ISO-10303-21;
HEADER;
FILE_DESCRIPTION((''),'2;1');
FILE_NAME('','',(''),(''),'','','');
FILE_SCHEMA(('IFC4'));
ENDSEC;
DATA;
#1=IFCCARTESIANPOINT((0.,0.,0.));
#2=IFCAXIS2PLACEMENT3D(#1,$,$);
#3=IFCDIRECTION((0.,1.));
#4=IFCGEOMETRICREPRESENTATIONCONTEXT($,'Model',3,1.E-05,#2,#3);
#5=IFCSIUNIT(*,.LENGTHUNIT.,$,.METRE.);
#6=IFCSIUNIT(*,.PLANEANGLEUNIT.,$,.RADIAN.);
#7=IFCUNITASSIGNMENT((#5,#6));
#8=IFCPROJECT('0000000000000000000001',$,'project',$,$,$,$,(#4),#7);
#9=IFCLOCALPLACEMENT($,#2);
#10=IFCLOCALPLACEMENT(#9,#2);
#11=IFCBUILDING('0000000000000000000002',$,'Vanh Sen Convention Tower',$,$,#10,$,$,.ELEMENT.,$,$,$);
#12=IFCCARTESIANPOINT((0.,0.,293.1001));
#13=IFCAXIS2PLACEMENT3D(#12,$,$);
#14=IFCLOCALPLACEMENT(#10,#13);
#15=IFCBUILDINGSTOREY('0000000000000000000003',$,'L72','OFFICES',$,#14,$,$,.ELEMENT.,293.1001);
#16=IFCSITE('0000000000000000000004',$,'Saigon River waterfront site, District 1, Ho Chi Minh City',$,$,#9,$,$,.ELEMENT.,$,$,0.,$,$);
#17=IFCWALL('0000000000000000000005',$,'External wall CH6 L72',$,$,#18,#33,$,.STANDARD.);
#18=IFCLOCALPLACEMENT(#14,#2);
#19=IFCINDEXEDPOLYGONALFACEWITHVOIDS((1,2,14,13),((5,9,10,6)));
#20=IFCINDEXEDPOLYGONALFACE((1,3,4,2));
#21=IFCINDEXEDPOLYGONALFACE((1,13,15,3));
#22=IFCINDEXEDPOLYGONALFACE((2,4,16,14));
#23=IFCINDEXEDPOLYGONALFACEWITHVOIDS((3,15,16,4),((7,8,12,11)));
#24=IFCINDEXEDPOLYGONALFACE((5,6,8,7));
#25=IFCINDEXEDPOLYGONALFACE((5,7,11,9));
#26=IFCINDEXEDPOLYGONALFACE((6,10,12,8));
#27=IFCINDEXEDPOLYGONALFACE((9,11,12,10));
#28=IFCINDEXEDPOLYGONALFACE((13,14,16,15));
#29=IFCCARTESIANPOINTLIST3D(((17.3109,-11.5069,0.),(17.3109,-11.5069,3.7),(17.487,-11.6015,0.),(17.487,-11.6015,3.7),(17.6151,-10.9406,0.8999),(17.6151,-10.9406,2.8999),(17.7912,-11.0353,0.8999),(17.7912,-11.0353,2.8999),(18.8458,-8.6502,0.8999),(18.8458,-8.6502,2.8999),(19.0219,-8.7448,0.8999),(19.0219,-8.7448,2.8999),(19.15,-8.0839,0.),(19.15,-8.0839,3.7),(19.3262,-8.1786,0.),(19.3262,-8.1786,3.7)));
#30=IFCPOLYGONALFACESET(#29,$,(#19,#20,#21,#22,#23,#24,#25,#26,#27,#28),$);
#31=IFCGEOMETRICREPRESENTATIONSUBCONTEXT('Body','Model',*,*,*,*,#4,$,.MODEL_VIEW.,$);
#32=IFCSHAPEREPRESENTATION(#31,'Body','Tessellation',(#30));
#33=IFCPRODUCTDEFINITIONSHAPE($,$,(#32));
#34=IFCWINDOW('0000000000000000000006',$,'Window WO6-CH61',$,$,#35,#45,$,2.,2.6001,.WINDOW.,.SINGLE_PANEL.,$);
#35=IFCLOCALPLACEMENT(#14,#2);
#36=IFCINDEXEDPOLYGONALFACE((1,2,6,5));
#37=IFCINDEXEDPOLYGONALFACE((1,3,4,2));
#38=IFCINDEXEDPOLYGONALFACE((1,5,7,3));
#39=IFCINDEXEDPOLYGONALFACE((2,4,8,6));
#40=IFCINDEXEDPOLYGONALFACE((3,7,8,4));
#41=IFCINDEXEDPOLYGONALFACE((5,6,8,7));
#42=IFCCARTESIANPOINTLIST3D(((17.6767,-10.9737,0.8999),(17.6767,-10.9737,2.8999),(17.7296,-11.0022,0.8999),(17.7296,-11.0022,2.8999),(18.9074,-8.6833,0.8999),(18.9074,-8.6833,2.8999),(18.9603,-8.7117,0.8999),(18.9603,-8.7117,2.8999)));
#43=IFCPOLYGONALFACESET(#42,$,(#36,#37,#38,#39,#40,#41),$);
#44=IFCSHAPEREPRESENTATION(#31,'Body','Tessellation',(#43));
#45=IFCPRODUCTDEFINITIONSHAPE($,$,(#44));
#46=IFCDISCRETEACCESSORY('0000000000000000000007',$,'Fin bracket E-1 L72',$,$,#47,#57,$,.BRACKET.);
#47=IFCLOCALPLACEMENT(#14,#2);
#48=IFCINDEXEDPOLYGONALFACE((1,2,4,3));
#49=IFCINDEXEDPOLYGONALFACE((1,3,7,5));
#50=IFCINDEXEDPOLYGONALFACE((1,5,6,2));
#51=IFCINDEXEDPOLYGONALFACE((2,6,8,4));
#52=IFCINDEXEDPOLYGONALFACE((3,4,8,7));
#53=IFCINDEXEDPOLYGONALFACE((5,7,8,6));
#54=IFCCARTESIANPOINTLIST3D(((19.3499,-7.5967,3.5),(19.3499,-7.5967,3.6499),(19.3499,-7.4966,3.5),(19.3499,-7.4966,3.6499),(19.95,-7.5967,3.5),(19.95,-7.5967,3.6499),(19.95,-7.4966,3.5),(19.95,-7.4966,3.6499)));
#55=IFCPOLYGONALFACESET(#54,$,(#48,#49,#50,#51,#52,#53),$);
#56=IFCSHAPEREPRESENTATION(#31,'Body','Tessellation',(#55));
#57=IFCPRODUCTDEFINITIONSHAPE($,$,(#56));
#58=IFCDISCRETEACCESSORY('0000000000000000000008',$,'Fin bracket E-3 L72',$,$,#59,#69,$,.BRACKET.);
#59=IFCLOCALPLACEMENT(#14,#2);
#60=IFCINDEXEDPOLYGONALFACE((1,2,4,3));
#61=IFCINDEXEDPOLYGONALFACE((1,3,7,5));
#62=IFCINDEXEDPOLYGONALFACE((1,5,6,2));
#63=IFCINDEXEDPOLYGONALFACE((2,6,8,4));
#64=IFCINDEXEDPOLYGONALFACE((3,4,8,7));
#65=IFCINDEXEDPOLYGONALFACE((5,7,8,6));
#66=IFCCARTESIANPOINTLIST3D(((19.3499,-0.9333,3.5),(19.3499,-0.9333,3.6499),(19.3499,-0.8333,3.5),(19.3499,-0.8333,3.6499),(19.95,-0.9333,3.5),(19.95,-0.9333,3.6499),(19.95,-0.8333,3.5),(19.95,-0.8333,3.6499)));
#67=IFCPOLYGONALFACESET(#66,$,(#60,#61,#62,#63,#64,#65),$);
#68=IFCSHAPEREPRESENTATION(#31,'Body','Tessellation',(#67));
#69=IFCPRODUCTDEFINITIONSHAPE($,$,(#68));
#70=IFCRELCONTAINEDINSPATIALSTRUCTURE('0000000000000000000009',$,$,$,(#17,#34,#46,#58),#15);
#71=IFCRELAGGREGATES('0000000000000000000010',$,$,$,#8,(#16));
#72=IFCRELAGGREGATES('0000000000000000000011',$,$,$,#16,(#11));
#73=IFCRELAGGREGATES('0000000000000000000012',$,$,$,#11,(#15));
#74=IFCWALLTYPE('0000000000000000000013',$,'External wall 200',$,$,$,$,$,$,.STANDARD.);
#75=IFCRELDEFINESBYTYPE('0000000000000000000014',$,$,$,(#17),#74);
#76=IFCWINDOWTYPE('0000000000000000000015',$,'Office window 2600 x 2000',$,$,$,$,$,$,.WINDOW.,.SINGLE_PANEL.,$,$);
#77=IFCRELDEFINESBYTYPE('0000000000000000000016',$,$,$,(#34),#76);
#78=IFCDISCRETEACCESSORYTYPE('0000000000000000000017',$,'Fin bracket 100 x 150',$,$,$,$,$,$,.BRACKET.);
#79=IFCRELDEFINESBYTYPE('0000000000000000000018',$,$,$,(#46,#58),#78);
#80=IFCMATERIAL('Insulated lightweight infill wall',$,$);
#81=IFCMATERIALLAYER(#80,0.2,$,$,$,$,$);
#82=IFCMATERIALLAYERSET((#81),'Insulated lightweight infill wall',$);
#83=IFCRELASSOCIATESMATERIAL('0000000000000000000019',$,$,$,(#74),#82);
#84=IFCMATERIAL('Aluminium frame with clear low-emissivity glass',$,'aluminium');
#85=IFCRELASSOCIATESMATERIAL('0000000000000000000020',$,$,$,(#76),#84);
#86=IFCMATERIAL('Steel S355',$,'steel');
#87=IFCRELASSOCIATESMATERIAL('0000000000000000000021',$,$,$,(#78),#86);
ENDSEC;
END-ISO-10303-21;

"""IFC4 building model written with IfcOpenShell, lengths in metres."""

from ifc_helpers import new_model, si_unit, direction, frame, frame_2d, origin, origin_2d, place, context, subcontext, project, spatial, rectangle, extrude, material, layer, layer_set, type_object, element, fill, save


model = new_model("IFC4")

# Units and contexts
model_context = context("Model", 3, precision=1e-05, world=origin(), true_north=direction((0.0, 1.0)))
body_context = subcontext(model_context, "Body", "Model", "MODEL_VIEW")
ifc_project = project(units=[si_unit("LENGTHUNIT", "METRE"), si_unit("PLANEANGLEUNIT", "RADIAN")], contexts=[model_context])

# Site, building, storey
site_placement = place(None, origin())
site = spatial("IfcSite", under=ifc_project, at=site_placement, Name="Saigon River waterfront site, District 1, Ho Chi Minh City", CompositionType="ELEMENT", RefElevation=0.0)
building_placement = place(site_placement, origin())
building = spatial("IfcBuilding", under=site, at=building_placement, Name="Vanh Sen Convention Tower", CompositionType="ELEMENT")
storey_placement = place(building_placement, frame((0.0, 0.0, 293.1001)))
storey = spatial("IfcBuildingStorey", under=building, at=storey_placement, Name="L72", Description="OFFICES", CompositionType="ELEMENT", Elevation=293.1001)

# Shared definitions
ifc_material_1 = material(Name="Insulated lightweight infill wall")
ifc_layer_1 = layer(ifc_material_1, 0.2)
ifc_layer_set_1 = layer_set([ifc_layer_1], Name="Insulated lightweight infill wall")
wall_type = type_object("IfcWallType", Name="External wall 200", PredefinedType="STANDARD", material=ifc_layer_set_1)
ifc_material_2 = material(Name="Aluminium frame with clear low-emissivity glass", Category="aluminium")

# Wall, opening, window
wall_1_placement = place(storey_placement, frame((17.3989, -11.5542, 0.0), z_axis=(0.0, 0.0, 1.0), x_axis=(0.473309, 0.880896, 0.0)))
wall_1 = element("IfcWall", 1, at=wall_1_placement, inside=storey, type_object=wall_type, Name="External wall CH6 L72", PredefinedType="STANDARD", context=body_context, shape_type="SweptSolid", body=[
    extrude(rectangle(XDim=3.8857, YDim=0.2, at=frame_2d((1.9429, 0.0))), origin(), (0.0, 0.0, 1.0), 3.7),
])
opening_1_placement = place(wall_1_placement, frame((0.6428, 0.0, 0.8999)))
opening_1 = element("IfcOpeningElement", 2, at=opening_1_placement, cuts=wall_1, PredefinedType="OPENING", context=body_context, shape_type="SweptSolid", body=[
    extrude(rectangle(XDim=2.6001, YDim=2.0, at=frame_2d((1.3, 1.0))), frame((0.0, 0.1099, 0.0), z_axis=(0.0, -1.0, 0.0), x_axis=(1.0, 0.0, 0.0)), (0.0, 0.0, 1.0), 0.22),
])
window_type_1 = type_object("IfcWindowType", Name="Office window 2600 x 2000", PartitioningType="SINGLE_PANEL", PredefinedType="WINDOW", material=ifc_material_2)
window_1_placement = place(opening_1_placement, origin())
window_1 = element("IfcWindow", 3, at=window_1_placement, inside=storey, type_object=window_type_1, Name="Window WO6-CH61", OverallHeight=2.0, OverallWidth=2.6001, PartitioningType="SINGLE_PANEL", PredefinedType="WINDOW", context=body_context, shape_type="SweptSolid", body=[
    extrude(rectangle(XDim=2.6001, YDim=2.0, at=frame_2d((1.3, 1.0))), frame((0.0, 0.03, 0.0), z_axis=(0.0, -1.0, 0.0), x_axis=(1.0, 0.0, 0.0)), (0.0, 0.0, 1.0), 0.0601),
])
fill(opening_1, window_1)

# Discrete accessories
ifc_material_3 = material(Name="Steel S355", Category="steel")
discrete_accessory_type = type_object("IfcDiscreteAccessoryType", Name="Fin bracket 100 x 150", PredefinedType="BRACKET", material=ifc_material_3)
for number, where, z_axis, x_axis, name in (
    (4, (19.6499, -7.5466, 3.5), (0.0, 0.0, 1.0), (1.0, 0.0, 0.0), "Fin bracket E-1 L72"),
    (5, (19.6499, -0.8833, 3.5), (0.0, 0.0, 1.0), (1.0, 0.0, 0.0), "Fin bracket E-3 L72"),
):
    element("IfcDiscreteAccessory", number, at=place(storey_placement, frame(where, z_axis=z_axis, x_axis=x_axis)), inside=storey, type_object=discrete_accessory_type, Name=name, PredefinedType="BRACKET", context=body_context, shape_type="SweptSolid", body=[
        extrude(rectangle(XDim=0.6001, YDim=0.1001, at=origin_2d()), origin(), (0.0, 0.0, 1.0), 0.1499),
    ])

save(model, "model.ifc")
